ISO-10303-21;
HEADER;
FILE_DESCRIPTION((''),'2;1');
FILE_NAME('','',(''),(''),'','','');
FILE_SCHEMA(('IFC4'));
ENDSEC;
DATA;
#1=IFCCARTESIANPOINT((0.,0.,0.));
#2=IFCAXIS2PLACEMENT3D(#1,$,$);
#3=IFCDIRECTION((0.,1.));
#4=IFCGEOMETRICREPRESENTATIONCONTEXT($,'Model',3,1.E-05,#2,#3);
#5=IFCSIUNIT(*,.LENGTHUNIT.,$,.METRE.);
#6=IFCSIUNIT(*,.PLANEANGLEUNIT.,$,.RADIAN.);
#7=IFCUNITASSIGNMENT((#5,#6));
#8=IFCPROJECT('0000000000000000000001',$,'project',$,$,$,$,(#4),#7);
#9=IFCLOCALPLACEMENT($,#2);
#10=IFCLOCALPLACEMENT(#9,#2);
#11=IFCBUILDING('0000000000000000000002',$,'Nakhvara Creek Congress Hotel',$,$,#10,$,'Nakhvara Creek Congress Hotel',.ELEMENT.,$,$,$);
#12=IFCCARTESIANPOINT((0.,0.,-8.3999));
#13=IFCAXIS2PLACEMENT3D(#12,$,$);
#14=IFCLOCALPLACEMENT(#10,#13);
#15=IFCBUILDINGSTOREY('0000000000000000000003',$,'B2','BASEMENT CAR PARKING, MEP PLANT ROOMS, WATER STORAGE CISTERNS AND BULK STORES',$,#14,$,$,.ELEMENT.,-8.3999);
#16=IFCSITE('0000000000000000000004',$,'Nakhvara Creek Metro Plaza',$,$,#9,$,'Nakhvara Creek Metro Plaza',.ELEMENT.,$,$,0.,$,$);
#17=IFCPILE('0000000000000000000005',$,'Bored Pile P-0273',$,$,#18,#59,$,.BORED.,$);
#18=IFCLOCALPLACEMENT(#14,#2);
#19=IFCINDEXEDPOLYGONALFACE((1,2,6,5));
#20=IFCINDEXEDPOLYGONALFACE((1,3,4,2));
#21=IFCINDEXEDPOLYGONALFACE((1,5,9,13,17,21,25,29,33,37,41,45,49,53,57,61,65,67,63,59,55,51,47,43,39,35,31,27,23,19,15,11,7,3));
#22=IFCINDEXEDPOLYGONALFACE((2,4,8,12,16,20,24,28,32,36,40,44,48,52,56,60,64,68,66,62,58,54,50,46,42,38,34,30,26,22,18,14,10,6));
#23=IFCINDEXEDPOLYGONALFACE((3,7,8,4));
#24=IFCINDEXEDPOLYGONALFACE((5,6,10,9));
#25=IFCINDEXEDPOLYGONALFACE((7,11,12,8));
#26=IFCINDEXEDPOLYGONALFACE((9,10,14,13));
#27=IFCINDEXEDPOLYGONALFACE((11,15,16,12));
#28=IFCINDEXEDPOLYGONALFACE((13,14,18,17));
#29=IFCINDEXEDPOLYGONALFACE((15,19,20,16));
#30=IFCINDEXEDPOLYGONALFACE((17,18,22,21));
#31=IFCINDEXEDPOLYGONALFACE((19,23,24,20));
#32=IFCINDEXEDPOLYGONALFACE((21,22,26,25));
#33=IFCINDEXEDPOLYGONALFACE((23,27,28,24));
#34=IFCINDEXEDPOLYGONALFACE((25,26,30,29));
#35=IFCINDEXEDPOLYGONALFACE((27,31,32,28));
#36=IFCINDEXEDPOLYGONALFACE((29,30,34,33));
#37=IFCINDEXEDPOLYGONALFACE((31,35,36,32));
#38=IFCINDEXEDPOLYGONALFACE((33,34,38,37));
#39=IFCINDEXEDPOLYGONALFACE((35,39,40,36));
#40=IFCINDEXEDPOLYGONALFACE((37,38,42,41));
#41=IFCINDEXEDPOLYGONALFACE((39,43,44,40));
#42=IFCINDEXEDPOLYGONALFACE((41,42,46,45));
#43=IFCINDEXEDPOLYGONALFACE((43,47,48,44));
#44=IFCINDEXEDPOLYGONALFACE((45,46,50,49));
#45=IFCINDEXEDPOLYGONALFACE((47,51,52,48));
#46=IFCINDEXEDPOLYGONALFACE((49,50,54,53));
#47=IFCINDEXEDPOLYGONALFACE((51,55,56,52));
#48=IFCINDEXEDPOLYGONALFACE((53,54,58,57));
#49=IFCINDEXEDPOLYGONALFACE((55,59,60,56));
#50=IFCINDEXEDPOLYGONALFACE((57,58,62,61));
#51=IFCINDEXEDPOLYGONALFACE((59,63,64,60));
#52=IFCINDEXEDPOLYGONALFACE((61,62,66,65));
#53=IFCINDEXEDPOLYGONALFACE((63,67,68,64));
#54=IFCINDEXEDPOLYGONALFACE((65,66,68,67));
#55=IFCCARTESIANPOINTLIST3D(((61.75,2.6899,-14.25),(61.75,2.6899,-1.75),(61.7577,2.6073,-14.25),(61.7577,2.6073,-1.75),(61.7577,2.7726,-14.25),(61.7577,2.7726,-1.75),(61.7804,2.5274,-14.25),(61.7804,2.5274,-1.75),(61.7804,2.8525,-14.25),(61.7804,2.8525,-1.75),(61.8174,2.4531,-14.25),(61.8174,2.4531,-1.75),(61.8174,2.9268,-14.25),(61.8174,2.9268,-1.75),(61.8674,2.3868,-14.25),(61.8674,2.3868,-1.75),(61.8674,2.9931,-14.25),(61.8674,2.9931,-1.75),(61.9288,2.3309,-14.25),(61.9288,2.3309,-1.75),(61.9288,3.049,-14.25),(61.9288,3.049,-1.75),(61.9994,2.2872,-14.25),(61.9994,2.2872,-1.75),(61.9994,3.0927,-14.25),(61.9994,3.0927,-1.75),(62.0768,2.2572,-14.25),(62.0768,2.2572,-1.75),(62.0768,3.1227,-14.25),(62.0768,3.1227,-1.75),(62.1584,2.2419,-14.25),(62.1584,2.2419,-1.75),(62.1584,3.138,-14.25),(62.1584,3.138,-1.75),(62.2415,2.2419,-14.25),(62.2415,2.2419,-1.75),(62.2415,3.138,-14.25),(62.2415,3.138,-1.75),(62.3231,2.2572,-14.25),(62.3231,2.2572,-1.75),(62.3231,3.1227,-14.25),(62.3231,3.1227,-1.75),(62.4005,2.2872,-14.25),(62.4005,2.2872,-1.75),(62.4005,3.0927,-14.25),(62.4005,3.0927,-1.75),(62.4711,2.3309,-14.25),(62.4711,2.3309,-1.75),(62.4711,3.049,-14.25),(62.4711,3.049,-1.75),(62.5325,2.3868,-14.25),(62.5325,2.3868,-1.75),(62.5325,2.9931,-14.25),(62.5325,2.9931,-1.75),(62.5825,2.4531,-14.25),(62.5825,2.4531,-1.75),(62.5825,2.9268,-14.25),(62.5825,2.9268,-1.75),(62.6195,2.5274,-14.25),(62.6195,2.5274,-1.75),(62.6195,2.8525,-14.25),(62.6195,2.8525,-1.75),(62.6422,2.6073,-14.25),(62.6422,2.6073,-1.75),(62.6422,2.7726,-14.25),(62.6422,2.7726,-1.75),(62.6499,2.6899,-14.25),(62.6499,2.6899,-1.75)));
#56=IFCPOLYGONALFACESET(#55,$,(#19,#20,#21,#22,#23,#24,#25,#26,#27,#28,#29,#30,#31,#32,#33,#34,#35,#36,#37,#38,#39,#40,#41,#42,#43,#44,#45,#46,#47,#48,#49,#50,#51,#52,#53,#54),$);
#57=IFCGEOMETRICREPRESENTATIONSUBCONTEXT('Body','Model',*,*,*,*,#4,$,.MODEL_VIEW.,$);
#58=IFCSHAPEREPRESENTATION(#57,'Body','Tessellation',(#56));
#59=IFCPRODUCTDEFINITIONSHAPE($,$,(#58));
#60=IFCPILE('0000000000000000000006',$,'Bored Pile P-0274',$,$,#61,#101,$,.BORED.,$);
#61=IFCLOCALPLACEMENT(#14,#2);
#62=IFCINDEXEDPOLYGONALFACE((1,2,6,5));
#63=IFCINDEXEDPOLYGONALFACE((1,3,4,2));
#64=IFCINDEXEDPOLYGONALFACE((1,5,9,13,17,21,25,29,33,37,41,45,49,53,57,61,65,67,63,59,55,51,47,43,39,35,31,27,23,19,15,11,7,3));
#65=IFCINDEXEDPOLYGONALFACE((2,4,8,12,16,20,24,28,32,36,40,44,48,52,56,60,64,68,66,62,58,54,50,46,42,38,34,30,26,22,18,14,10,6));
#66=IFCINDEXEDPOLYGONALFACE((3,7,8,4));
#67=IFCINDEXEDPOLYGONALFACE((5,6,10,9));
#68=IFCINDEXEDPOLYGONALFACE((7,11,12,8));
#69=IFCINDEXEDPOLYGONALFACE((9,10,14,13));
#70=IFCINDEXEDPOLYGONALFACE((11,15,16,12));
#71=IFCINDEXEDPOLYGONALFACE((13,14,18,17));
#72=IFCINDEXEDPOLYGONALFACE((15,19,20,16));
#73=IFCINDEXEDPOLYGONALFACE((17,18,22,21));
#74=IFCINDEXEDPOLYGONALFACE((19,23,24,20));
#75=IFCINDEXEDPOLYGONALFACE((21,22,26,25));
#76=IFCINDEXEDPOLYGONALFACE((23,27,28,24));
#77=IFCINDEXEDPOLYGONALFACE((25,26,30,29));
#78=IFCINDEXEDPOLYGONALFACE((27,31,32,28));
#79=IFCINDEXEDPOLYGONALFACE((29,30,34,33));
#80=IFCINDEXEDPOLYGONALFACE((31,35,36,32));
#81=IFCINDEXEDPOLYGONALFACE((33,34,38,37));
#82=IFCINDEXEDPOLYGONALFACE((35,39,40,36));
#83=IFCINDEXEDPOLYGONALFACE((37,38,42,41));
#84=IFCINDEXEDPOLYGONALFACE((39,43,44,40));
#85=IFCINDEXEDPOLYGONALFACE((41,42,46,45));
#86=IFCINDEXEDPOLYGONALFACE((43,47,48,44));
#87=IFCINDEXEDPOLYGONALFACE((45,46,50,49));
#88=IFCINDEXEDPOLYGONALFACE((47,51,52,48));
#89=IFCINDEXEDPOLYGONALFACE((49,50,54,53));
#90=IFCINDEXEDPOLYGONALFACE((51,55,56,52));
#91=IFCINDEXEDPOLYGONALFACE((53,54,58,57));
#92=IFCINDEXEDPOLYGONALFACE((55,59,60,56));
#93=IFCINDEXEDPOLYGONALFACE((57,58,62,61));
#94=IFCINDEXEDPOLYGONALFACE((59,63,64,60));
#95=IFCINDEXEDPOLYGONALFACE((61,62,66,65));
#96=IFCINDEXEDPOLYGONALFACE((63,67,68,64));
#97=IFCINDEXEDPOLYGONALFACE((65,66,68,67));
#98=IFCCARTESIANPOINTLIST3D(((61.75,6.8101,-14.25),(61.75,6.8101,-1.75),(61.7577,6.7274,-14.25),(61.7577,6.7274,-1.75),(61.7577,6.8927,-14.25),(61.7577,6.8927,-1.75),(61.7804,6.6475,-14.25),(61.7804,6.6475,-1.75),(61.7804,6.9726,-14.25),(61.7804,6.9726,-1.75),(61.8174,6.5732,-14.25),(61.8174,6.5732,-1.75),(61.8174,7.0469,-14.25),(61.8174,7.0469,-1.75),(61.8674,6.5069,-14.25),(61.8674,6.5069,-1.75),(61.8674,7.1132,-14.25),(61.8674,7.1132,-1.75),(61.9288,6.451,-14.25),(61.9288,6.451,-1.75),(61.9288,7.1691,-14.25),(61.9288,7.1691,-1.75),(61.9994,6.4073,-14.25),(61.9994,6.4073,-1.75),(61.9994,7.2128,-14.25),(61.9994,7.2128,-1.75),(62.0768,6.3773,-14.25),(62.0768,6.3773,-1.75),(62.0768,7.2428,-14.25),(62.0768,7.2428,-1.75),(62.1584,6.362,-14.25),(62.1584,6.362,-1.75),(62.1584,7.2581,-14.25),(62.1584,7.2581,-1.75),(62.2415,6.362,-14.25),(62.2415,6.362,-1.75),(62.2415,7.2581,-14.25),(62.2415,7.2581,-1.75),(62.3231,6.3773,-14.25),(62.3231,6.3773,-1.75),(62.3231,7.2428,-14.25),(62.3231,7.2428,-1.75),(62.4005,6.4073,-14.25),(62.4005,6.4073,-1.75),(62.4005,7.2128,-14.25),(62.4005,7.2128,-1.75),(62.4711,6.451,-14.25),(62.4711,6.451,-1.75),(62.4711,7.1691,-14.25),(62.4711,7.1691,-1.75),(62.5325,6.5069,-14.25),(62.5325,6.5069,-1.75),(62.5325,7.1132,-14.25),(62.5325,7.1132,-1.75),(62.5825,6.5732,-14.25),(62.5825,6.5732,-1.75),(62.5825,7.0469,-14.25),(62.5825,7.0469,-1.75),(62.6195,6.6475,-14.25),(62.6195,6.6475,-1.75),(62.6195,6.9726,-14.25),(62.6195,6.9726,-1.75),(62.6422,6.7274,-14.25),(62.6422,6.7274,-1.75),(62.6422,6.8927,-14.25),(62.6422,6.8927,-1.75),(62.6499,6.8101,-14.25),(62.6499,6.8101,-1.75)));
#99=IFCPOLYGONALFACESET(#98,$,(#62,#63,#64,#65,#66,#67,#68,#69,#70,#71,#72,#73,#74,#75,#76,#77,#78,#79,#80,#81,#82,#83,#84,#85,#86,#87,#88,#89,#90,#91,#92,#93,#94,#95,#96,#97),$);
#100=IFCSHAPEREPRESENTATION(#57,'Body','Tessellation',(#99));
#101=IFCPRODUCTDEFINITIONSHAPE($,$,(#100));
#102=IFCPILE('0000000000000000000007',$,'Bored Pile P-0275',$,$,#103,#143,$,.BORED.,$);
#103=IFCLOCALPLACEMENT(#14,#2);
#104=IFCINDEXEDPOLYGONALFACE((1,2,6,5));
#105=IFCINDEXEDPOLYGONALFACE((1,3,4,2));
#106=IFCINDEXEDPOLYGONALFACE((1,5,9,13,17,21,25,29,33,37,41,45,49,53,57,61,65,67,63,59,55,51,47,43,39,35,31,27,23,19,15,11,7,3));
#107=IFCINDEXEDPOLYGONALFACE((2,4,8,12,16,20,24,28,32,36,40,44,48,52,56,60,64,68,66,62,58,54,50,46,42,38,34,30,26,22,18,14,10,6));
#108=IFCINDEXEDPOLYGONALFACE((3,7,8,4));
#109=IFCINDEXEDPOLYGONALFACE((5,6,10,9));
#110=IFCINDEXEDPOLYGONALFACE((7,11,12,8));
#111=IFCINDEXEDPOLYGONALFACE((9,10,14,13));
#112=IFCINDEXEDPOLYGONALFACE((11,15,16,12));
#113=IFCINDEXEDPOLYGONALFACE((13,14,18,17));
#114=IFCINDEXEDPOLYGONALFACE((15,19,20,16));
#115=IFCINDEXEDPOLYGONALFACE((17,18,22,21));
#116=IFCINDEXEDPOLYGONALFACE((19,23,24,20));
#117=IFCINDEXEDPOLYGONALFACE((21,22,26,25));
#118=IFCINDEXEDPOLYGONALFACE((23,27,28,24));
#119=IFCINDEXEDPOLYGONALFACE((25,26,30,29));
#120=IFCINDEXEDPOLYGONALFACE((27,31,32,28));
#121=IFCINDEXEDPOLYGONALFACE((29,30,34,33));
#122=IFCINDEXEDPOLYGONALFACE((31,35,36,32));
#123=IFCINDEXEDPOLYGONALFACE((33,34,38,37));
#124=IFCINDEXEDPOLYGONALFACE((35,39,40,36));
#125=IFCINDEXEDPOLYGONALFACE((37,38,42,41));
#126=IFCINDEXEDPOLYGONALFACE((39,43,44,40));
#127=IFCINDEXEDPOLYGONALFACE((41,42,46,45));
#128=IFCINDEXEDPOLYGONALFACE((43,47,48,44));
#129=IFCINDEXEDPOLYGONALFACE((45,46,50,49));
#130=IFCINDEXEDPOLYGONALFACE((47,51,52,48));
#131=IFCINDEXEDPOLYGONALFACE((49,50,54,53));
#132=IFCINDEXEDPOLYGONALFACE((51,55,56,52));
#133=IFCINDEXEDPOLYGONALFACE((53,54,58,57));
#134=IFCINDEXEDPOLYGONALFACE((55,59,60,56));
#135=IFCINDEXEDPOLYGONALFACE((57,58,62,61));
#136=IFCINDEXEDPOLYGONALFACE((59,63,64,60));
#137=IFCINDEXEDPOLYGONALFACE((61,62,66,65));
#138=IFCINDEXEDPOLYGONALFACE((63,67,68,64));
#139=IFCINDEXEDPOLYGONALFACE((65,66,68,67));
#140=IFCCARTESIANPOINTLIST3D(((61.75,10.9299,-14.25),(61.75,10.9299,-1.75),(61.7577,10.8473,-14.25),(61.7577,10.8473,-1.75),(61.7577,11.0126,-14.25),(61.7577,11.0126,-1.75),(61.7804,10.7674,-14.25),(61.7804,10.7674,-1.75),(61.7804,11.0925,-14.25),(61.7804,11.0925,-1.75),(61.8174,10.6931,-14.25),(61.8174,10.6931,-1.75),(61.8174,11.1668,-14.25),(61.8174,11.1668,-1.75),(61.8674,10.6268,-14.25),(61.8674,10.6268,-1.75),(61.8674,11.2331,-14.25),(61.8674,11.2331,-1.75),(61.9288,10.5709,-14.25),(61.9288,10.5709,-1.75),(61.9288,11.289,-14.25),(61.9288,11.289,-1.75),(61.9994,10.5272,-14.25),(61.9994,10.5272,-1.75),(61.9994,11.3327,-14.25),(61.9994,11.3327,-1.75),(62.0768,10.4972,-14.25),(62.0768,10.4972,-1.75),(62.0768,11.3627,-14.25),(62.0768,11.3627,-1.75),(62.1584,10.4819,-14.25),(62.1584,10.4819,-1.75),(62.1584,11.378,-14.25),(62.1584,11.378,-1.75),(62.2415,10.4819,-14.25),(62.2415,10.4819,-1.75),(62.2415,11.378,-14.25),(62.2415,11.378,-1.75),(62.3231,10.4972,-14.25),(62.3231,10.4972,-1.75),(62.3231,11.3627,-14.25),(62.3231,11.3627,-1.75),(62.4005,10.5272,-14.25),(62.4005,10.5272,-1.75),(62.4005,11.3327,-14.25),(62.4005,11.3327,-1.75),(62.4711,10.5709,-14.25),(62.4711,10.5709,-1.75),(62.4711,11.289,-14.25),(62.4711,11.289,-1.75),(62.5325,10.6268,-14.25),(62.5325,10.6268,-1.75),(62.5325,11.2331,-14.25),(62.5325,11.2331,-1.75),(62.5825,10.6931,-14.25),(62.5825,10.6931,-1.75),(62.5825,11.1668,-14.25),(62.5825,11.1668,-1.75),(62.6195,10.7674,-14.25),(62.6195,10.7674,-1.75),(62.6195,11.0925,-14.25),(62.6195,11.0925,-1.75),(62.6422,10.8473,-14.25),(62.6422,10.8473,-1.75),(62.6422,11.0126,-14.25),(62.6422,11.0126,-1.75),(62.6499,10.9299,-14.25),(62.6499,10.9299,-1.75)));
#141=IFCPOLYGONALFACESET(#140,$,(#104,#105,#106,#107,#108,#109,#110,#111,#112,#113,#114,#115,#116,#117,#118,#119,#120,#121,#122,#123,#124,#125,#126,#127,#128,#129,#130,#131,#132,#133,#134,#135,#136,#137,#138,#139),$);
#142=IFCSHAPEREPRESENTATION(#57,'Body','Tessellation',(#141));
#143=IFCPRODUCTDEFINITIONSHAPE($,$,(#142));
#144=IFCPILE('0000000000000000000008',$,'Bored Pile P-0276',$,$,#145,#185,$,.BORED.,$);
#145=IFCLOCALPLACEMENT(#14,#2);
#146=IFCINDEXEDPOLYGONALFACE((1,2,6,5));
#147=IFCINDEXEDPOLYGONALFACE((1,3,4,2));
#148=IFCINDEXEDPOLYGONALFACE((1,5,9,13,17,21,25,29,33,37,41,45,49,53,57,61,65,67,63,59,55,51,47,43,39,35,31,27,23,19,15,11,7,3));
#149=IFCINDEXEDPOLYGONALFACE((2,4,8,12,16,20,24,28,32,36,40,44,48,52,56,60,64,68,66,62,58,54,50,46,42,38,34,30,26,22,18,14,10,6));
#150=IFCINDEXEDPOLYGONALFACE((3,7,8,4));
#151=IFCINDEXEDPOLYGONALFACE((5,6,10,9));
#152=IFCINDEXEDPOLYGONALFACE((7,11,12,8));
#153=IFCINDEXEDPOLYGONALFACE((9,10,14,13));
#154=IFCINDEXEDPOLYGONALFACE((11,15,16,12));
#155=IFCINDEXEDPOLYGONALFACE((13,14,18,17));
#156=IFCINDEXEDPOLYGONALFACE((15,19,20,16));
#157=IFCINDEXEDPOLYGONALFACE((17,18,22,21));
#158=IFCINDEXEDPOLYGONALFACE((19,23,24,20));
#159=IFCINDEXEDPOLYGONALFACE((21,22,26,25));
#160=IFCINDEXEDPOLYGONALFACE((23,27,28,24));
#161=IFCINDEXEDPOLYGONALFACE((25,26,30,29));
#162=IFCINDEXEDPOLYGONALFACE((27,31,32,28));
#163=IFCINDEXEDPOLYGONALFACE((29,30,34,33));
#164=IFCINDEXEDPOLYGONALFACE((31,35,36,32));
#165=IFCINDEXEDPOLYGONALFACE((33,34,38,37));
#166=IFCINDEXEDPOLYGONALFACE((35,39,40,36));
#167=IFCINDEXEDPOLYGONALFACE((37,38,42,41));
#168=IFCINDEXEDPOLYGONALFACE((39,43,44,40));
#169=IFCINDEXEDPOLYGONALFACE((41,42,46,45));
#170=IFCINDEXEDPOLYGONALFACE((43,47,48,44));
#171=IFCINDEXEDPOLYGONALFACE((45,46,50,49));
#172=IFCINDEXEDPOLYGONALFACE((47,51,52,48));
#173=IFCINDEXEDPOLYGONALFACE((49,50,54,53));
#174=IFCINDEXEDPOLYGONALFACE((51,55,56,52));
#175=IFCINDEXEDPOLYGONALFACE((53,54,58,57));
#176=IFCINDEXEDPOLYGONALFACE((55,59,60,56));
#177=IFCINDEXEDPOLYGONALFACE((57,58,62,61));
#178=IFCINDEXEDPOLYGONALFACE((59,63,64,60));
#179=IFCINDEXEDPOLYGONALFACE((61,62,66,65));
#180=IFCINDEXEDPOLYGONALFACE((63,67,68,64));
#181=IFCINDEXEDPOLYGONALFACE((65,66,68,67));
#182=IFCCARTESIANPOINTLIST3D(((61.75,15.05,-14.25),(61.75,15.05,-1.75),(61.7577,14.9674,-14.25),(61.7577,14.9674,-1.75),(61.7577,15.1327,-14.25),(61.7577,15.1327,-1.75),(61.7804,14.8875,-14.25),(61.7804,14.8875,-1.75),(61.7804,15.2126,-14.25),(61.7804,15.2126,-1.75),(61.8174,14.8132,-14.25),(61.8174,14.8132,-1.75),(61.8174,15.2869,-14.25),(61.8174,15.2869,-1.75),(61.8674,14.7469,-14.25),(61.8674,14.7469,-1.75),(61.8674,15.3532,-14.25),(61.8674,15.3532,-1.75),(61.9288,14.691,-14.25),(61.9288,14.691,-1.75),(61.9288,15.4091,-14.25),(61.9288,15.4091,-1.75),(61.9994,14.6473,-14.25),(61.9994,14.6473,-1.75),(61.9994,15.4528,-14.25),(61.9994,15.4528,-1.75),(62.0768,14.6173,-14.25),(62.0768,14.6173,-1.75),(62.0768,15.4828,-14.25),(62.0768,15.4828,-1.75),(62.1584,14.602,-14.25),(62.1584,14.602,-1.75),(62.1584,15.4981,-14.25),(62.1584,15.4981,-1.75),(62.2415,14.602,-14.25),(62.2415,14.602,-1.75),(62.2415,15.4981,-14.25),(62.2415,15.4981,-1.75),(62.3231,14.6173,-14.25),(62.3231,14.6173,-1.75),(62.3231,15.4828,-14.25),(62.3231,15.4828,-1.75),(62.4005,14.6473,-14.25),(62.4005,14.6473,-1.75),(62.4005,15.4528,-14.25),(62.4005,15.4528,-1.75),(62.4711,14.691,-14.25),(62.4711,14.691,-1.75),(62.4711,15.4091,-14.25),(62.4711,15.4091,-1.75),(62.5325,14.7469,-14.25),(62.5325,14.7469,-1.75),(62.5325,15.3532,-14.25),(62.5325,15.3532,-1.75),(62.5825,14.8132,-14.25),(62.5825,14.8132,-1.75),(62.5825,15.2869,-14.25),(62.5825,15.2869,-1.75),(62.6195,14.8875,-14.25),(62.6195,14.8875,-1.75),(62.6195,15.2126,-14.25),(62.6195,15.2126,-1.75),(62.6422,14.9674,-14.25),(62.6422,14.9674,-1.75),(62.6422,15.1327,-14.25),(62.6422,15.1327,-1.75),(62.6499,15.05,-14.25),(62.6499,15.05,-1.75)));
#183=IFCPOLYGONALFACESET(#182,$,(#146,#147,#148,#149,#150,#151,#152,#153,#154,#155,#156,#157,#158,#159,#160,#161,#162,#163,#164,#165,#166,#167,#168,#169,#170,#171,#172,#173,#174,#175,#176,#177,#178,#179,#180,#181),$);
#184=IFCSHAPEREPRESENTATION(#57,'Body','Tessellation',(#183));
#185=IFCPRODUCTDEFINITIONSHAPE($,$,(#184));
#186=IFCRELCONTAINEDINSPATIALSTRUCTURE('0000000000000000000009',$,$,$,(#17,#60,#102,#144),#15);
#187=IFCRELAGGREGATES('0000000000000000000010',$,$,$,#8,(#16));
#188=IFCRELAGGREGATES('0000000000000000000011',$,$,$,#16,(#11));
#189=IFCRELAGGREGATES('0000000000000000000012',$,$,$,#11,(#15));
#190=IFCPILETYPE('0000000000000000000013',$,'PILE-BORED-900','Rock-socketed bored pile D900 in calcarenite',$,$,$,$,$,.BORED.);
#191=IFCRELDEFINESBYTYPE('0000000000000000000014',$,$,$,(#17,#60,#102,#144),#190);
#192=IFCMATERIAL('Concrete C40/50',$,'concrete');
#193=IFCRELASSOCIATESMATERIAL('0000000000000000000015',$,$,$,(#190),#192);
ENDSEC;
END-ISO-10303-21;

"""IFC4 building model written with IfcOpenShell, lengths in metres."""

from ifc_helpers import new_model, si_unit, direction, frame, origin, origin_2d, place, context, subcontext, project, spatial, circle, extrude, material, material_profile, profile_set, type_object, element, save


model = new_model("IFC4")

# Units and contexts
model_context = context("Model", 3, precision=1e-05, world=origin(), true_north=direction((0.0, 1.0)))
body_context = subcontext(model_context, "Body", "Model", "MODEL_VIEW")
ifc_project = project(units=[si_unit("LENGTHUNIT", "METRE"), si_unit("PLANEANGLEUNIT", "RADIAN")], contexts=[model_context])

# Site, building, storey
site_placement = place(None, origin())
site = spatial("IfcSite", under=ifc_project, at=site_placement, Name="Nakhvara Creek Metro Plaza", LongName="Nakhvara Creek Metro Plaza", CompositionType="ELEMENT", RefElevation=0.0)
building_placement = place(site_placement, origin())
building = spatial("IfcBuilding", under=site, at=building_placement, Name="Nakhvara Creek Congress Hotel", LongName="Nakhvara Creek Congress Hotel", CompositionType="ELEMENT")
storey_placement = place(building_placement, frame((0.0, 0.0, -8.3999)))
storey = spatial("IfcBuildingStorey", under=building, at=storey_placement, Name="B2", Description="BASEMENT CAR PARKING, MEP PLANT ROOMS, WATER STORAGE CISTERNS AND BULK STORES", CompositionType="ELEMENT", Elevation=-8.3999)

# Piles
ifc_material_1 = material(Name="Concrete C40/50", Category="concrete")
ifc_material_profile = material_profile(ifc_material_1, circle(Radius=0.45, at=origin_2d()), Name="BORED PILE D900", Category="LoadBearing")
ifc_profile_set = profile_set([ifc_material_profile], Name="Concrete C40/50")
pile_type = type_object("IfcPileType", Name="PILE-BORED-900", Description="Rock-socketed bored pile D900 in calcarenite", PredefinedType="BORED", material=ifc_profile_set)
for number, where, z_axis, x_axis, name in (
    (1, (62.2, 2.6899, -1.75), (0.0, 0.0, -1.0), (1.0, 0.0, 0.0), "Bored Pile P-0273"),
    (2, (62.2, 6.8101, -1.75), (0.0, 0.0, -1.0), (1.0, 0.0, 0.0), "Bored Pile P-0274"),
    (3, (62.2, 10.9299, -1.75), (0.0, 0.0, -1.0), (1.0, 0.0, 0.0), "Bored Pile P-0275"),
    (4, (62.2, 15.05, -1.75), (0.0, 0.0, -1.0), (1.0, 0.0, 0.0), "Bored Pile P-0276"),
):
    element("IfcPile", number, at=place(storey_placement, frame(where, z_axis=z_axis, x_axis=x_axis)), inside=storey, type_object=pile_type, Name=name, PredefinedType="BORED", context=body_context, shape_type="SweptSolid", body=[
        extrude(circle(Radius=0.45, at=origin_2d()), origin(), (0.0, 0.0, 1.0), 12.5),
    ])

save(model, "model.ifc")
